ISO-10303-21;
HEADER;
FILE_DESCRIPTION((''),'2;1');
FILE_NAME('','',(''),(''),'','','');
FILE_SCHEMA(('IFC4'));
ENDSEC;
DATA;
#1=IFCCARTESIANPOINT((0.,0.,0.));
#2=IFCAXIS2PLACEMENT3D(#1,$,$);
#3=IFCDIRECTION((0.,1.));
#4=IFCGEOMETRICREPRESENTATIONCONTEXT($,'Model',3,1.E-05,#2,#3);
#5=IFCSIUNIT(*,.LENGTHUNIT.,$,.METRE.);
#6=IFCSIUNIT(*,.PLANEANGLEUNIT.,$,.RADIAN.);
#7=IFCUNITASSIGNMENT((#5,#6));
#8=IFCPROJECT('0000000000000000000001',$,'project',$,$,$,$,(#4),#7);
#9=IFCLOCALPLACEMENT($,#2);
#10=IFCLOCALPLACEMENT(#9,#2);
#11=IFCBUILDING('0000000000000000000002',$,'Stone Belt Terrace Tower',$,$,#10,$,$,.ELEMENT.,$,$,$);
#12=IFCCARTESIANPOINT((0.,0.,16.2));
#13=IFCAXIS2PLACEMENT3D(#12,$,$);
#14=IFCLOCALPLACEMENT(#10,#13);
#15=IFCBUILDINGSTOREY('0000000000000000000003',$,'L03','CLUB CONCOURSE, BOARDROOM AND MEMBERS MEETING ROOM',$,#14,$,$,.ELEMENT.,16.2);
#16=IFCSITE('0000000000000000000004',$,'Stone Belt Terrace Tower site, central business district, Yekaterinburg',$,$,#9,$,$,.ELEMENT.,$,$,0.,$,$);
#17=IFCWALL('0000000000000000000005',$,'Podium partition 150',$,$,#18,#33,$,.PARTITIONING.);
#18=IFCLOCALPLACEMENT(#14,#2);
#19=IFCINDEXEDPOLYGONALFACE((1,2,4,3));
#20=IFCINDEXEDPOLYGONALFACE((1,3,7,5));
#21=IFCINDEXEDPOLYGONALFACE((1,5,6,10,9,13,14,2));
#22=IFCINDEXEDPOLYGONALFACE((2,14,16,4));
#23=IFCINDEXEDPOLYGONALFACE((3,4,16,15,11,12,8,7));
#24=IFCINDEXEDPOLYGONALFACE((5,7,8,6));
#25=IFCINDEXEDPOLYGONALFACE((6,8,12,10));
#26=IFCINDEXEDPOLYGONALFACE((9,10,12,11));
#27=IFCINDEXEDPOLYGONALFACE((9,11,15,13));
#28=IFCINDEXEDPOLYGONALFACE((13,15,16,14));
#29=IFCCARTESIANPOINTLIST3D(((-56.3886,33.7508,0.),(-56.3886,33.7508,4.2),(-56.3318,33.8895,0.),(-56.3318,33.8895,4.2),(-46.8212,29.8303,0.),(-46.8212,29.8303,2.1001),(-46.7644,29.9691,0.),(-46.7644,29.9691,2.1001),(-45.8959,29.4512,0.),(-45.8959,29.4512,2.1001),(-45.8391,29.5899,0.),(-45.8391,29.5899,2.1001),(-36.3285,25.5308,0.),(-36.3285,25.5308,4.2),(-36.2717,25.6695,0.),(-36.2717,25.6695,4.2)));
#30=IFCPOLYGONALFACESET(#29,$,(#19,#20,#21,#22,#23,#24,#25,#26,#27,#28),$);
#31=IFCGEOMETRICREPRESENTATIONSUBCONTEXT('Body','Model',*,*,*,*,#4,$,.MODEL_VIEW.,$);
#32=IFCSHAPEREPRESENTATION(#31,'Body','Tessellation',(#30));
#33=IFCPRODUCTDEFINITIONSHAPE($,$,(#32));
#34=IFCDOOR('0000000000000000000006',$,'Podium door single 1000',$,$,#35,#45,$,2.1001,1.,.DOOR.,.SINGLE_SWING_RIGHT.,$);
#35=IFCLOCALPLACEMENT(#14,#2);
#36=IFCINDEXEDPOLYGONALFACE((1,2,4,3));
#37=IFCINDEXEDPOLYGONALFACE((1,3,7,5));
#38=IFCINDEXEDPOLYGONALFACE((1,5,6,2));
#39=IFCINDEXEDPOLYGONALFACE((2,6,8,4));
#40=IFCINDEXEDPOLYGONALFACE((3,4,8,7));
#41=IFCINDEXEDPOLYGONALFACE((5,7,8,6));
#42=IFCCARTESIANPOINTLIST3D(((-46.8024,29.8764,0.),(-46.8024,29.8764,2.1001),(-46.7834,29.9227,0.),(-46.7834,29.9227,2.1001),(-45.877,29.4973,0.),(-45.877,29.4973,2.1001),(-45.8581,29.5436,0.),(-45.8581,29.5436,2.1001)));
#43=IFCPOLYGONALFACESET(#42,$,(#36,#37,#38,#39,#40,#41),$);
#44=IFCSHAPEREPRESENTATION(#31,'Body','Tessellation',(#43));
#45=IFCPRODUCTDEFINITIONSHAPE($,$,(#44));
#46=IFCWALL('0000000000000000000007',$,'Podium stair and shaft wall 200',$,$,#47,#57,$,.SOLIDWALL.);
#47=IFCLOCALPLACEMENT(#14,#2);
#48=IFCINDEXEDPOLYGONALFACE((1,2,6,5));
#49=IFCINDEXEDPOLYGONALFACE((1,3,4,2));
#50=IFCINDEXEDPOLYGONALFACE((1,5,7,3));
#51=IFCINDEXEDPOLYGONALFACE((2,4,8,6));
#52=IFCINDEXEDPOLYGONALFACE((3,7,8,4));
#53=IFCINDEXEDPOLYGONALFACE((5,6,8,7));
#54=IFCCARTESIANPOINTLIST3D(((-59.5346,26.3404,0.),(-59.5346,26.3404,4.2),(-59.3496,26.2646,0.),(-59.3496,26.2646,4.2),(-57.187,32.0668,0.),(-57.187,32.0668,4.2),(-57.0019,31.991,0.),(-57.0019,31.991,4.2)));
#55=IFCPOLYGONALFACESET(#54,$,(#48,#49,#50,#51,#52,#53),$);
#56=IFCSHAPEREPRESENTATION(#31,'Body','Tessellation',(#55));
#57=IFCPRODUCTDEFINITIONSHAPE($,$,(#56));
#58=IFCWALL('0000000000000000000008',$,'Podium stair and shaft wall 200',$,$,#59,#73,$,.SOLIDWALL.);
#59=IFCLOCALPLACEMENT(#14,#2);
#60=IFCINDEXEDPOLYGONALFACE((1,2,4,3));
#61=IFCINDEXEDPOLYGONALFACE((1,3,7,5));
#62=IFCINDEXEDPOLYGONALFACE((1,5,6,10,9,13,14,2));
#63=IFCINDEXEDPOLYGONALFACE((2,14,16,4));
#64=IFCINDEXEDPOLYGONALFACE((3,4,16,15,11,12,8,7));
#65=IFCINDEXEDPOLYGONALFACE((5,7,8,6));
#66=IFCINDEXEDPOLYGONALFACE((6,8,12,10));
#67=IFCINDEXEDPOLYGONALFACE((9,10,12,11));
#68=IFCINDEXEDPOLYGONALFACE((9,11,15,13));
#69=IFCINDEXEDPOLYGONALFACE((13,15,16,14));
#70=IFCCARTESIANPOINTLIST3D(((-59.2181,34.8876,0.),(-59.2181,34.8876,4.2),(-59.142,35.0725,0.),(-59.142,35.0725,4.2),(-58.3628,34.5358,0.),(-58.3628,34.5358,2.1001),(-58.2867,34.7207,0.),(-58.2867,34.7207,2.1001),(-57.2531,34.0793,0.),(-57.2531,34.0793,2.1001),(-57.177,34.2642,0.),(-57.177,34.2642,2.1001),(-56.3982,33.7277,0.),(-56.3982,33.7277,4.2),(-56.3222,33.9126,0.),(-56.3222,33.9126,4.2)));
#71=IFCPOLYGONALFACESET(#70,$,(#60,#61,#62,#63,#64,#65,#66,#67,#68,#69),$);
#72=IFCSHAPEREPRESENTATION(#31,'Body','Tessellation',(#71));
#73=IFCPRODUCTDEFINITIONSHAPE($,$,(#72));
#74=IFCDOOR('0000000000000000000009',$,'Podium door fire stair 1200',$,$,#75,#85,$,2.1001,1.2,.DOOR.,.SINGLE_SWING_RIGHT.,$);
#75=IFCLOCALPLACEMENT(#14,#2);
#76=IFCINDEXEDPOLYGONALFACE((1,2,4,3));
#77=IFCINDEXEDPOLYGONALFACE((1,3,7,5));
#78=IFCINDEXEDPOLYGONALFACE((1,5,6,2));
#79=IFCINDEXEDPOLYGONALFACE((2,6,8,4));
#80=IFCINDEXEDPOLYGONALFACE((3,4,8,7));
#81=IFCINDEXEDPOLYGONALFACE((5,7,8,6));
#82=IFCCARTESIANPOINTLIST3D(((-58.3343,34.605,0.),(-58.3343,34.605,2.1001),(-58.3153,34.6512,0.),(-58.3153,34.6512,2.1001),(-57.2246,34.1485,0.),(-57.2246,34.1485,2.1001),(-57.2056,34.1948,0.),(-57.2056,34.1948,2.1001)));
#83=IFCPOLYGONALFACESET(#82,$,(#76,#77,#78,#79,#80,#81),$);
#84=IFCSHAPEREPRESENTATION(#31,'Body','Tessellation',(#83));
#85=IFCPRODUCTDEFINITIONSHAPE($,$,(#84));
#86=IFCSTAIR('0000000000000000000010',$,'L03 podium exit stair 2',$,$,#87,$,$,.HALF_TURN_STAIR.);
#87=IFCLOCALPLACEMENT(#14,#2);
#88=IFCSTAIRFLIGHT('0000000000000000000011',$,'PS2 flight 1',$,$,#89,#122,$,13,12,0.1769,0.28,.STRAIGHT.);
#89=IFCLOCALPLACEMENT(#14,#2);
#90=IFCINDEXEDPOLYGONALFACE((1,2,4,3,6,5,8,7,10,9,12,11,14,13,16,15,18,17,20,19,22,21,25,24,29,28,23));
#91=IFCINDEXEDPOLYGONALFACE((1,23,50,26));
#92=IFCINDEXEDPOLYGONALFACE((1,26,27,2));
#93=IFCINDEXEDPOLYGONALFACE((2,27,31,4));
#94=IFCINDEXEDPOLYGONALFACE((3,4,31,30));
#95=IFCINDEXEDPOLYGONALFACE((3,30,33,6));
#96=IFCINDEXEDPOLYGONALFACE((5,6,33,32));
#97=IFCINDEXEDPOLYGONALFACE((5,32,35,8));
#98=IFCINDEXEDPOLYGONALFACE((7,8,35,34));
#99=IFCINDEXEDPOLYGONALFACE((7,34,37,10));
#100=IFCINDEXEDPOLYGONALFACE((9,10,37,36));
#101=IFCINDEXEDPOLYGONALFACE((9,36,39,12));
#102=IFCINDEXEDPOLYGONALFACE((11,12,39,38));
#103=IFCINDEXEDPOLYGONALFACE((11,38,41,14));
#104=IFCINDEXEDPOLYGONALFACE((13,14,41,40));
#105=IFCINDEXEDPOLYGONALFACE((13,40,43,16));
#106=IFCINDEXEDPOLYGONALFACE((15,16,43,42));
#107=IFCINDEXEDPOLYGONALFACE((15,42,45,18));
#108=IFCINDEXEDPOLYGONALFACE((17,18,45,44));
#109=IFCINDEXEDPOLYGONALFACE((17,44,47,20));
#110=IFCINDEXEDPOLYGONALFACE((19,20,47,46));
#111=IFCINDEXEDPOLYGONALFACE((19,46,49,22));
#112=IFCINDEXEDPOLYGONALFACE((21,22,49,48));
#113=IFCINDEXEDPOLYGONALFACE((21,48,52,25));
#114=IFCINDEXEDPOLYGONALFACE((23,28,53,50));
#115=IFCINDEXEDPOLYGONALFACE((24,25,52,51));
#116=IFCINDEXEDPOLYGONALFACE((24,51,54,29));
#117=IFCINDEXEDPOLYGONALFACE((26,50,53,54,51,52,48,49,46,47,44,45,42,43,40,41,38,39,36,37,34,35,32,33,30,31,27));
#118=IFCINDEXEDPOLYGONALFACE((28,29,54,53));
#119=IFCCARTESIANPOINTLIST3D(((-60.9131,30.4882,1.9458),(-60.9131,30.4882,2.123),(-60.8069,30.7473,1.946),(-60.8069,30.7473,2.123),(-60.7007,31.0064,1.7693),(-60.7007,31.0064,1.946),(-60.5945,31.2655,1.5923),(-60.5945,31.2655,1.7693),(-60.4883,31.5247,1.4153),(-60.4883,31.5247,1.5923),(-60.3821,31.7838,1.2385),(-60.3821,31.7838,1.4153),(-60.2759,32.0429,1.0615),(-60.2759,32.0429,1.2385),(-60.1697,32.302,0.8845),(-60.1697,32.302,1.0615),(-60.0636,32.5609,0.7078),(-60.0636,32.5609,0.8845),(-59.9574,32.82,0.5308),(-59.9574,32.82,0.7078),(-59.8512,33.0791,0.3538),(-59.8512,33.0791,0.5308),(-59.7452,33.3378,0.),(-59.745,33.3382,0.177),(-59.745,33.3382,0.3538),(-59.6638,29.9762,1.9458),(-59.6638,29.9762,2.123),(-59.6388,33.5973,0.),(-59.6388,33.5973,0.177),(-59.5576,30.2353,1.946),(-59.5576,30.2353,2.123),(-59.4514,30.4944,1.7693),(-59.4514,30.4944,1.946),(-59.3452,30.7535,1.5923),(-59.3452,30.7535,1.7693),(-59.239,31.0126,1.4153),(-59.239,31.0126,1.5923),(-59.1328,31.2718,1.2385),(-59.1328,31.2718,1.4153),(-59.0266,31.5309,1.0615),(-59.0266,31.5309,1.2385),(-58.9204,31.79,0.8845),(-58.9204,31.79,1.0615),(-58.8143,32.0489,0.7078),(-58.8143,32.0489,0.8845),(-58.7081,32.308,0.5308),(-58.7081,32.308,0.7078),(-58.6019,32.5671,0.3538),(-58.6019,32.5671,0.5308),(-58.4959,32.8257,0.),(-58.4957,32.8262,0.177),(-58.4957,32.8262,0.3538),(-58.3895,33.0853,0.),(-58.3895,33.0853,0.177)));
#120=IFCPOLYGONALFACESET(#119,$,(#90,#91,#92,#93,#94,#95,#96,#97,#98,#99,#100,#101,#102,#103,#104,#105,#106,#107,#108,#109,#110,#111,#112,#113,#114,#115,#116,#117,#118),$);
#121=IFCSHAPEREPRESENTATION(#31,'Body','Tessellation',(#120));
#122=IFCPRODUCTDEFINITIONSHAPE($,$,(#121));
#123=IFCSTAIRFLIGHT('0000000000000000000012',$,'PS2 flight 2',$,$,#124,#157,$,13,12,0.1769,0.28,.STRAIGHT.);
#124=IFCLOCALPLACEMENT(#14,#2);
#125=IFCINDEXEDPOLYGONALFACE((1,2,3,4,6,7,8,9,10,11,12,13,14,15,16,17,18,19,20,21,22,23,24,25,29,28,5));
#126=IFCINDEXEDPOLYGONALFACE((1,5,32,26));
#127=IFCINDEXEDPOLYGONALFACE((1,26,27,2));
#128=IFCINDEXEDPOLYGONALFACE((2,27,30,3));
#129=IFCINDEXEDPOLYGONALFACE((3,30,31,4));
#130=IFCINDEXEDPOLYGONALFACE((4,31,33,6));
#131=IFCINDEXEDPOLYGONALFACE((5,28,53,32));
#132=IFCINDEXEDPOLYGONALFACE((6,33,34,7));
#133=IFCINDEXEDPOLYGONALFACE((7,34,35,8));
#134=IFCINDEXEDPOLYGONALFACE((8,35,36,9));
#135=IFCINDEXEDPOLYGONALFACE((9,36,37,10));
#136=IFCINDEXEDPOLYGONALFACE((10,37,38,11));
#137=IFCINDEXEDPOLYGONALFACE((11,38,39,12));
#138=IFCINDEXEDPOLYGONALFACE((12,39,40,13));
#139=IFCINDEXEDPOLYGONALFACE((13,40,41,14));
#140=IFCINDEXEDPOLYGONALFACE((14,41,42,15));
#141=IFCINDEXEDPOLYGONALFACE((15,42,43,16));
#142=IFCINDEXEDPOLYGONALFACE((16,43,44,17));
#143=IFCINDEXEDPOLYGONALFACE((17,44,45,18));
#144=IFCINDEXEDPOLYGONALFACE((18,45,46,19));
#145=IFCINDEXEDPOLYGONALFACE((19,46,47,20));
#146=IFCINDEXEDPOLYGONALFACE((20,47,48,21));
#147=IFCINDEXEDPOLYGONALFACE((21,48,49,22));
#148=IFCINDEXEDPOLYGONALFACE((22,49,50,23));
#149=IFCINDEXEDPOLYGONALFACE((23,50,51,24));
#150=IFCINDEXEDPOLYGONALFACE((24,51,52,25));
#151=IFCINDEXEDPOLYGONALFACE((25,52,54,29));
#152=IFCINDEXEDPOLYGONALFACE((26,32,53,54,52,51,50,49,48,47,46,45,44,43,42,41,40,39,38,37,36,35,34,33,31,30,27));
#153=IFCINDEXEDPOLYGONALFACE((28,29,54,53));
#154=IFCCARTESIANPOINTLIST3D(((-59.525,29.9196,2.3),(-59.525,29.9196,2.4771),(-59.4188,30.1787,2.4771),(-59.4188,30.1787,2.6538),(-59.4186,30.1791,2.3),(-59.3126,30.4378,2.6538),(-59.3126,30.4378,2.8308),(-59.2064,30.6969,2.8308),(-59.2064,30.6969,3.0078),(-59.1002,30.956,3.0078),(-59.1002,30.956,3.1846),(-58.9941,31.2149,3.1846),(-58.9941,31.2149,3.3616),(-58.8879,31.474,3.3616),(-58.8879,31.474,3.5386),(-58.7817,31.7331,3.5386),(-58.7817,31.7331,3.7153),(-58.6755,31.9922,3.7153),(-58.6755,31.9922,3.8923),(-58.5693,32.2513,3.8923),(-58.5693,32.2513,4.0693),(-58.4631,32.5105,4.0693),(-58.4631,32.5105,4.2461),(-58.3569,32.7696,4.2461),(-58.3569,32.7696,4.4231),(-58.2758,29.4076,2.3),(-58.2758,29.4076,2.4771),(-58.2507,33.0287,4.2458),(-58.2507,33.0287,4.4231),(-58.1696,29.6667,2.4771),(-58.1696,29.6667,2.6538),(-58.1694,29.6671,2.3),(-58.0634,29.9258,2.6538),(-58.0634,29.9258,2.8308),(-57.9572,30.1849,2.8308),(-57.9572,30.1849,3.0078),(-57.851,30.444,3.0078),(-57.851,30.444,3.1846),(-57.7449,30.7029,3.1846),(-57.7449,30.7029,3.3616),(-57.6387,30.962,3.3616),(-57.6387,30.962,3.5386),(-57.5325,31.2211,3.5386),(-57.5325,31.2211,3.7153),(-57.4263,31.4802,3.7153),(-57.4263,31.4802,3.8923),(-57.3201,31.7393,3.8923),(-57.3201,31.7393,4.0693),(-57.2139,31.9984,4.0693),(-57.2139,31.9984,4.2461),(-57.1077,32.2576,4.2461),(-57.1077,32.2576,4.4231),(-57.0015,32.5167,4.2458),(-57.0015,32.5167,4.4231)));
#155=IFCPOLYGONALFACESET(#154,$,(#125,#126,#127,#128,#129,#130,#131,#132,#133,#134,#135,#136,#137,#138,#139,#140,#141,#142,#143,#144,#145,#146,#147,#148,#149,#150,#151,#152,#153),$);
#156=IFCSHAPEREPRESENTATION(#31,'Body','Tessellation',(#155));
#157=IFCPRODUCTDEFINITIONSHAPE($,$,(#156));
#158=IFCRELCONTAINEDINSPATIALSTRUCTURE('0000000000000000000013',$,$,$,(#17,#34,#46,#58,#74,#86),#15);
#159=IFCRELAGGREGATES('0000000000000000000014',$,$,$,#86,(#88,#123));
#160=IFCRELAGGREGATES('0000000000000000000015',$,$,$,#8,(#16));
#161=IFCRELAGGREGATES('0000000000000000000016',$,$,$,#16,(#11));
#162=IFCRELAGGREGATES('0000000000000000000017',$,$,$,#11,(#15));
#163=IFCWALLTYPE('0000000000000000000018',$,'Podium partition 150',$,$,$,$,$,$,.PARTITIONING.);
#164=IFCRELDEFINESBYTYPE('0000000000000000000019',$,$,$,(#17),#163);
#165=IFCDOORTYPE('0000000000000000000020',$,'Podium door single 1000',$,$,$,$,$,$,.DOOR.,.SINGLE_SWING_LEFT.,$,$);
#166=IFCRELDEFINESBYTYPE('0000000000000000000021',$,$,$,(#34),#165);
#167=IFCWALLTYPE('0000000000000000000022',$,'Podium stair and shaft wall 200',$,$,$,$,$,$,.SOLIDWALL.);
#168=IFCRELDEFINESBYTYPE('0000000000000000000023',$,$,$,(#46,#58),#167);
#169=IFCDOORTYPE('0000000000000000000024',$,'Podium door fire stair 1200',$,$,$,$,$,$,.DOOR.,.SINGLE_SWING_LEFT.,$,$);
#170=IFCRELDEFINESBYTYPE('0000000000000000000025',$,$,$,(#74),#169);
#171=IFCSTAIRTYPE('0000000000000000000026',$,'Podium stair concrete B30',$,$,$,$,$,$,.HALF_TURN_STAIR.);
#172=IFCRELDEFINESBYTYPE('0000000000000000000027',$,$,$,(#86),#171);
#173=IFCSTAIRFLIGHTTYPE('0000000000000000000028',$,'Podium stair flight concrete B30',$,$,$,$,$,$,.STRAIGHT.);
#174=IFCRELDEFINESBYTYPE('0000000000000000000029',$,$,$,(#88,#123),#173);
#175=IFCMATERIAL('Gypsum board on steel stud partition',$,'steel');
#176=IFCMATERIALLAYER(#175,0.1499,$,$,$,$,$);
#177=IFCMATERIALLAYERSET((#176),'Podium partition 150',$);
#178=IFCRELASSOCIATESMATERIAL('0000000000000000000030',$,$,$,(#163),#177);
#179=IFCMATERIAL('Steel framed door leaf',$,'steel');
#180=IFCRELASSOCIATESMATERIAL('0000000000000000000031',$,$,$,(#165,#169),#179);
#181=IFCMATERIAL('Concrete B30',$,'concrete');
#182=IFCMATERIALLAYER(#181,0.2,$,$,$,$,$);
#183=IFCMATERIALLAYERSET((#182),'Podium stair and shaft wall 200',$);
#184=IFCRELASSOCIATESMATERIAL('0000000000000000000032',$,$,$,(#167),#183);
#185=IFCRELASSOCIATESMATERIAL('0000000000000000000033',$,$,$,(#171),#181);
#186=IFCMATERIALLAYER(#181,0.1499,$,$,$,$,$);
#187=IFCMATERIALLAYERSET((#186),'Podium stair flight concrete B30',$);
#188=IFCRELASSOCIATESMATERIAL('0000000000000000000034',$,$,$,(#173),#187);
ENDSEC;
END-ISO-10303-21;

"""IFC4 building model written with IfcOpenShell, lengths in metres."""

from ifc_helpers import new_model, si_unit, direction, frame, frame_2d, origin, place, context, subcontext, project, spatial, polyline, rectangle, outline, extrude, material, layer, layer_set, type_object, element, fill, aggregate, save


model = new_model("IFC4")

# Units and contexts
model_context = context("Model", 3, precision=1e-05, world=origin(), true_north=direction((0.0, 1.0)))
body_context = subcontext(model_context, "Body", "Model", "MODEL_VIEW")
ifc_project = project(units=[si_unit("LENGTHUNIT", "METRE"), si_unit("PLANEANGLEUNIT", "RADIAN")], contexts=[model_context])

# Site, building, storey
site_placement = place(None, origin())
site = spatial("IfcSite", under=ifc_project, at=site_placement, Name="Stone Belt Terrace Tower site, central business district, Yekaterinburg", CompositionType="ELEMENT", RefElevation=0.0)
building_placement = place(site_placement, origin())
building = spatial("IfcBuilding", under=site, at=building_placement, Name="Stone Belt Terrace Tower", CompositionType="ELEMENT")
storey_placement = place(building_placement, frame((0.0, 0.0, 16.2)))
storey = spatial("IfcBuildingStorey", under=building, at=storey_placement, Name="L03", Description="CLUB CONCOURSE, BOARDROOM AND MEMBERS MEETING ROOM", CompositionType="ELEMENT", Elevation=16.2)

# Wall, opening, door
ifc_material_1 = material(Name="Gypsum board on steel stud partition", Category="steel")
ifc_layer_1 = layer(ifc_material_1, 0.1499)
ifc_layer_set_1 = layer_set([ifc_layer_1], Name="Podium partition 150")
wall_type_1 = type_object("IfcWallType", Name="Podium partition 150", PredefinedType="PARTITIONING", material=ifc_layer_set_1)
wall_1_placement = place(storey_placement, frame((-56.3601, 33.8201, 0.0), z_axis=(0.0, 0.0, 1.0), x_axis=(0.925327, -0.37917, 0.0)))
wall_1 = element("IfcWall", 1, at=wall_1_placement, inside=storey, type_object=wall_type_1, Name="Podium partition 150", PredefinedType="PARTITIONING", context=body_context, shape_type="SweptSolid", body=[
    extrude(rectangle(XDim=21.679, YDim=0.1499, at=frame_2d((10.8394, 0.0))), origin(), (0.0, 0.0, 1.0), 4.2),
])
opening_1_placement = place(wall_1_placement, frame((10.3394, 0.0, 0.0)))
opening_1 = element("IfcOpeningElement", 2, at=opening_1_placement, cuts=wall_1, PredefinedType="OPENING", context=body_context, shape_type="SweptSolid", body=[
    extrude(rectangle(XDim=1.0, YDim=2.1001, at=frame_2d((0.5, 1.05))), frame((0.0, 0.085, 0.0), z_axis=(0.0, -1.0, 0.0), x_axis=(1.0, 0.0, 0.0)), (0.0, 0.0, 1.0), 0.1699),
])
ifc_material_2 = material(Name="Steel framed door leaf", Category="steel")
door_type_1 = type_object("IfcDoorType", Name="Podium door single 1000", OperationType="SINGLE_SWING_LEFT", PredefinedType="DOOR", material=ifc_material_2)
door_1_placement = place(opening_1_placement, origin())
door_1 = element("IfcDoor", 3, at=door_1_placement, inside=storey, type_object=door_type_1, Name="Podium door single 1000", OperationType="SINGLE_SWING_RIGHT", OverallHeight=2.1001, OverallWidth=1.0, PredefinedType="DOOR", context=body_context, shape_type="SweptSolid", body=[
    extrude(rectangle(XDim=1.0, YDim=2.1001, at=frame_2d((0.5, 1.05))), frame((0.0, 0.0249, 0.0), z_axis=(0.0, -1.0, 0.0), x_axis=(1.0, 0.0, 0.0)), (0.0, 0.0, 1.0), 0.05),
])
fill(opening_1, door_1)

# Wall
ifc_material_3 = material(Name="Concrete B30", Category="concrete")
ifc_layer_2 = layer(ifc_material_3, 0.2)
ifc_layer_set_2 = layer_set([ifc_layer_2], Name="Podium stair and shaft wall 200")
wall_type_2 = type_object("IfcWallType", Name="Podium stair and shaft wall 200", PredefinedType="SOLIDWALL", material=ifc_layer_set_2)
wall_2_placement = place(storey_placement, frame((-59.4421, 26.3025, 0.0), z_axis=(0.0, 0.0, 1.0), x_axis=(0.379335, 0.92526, 0.0)))
element("IfcWall", 4, at=wall_2_placement, inside=storey, type_object=wall_type_2, Name="Podium stair and shaft wall 200", PredefinedType="SOLIDWALL", context=body_context, shape_type="SweptSolid", body=[
    extrude(rectangle(XDim=6.189, YDim=0.2, at=frame_2d((3.0945, 0.0))), origin(), (0.0, 0.0, 1.0), 4.2),
])

# Wall, opening, door
wall_3_placement = place(storey_placement, frame((-59.1799, 34.98, 0.0), z_axis=(0.0, 0.0, 1.0), x_axis=(0.924816, -0.380416, 0.0)))
wall_3 = element("IfcWall", 5, at=wall_3_placement, inside=storey, type_object=wall_type_2, Name="Podium stair and shaft wall 200", PredefinedType="SOLIDWALL", context=body_context, shape_type="SweptSolid", body=[
    extrude(rectangle(XDim=3.0491, YDim=0.2, at=frame_2d((1.5244, 0.0))), origin(), (0.0, 0.0, 1.0), 4.2),
])
opening_2_placement = place(wall_3_placement, frame((0.9246, 0.0, 0.0)))
opening_2 = element("IfcOpeningElement", 6, at=opening_2_placement, cuts=wall_3, PredefinedType="OPENING", context=body_context, shape_type="SweptSolid", body=[
    extrude(rectangle(XDim=1.2, YDim=2.1001, at=frame_2d((0.6001, 1.05))), frame((0.0, 0.1099, 0.0), z_axis=(0.0, -1.0, 0.0), x_axis=(1.0, 0.0, 0.0)), (0.0, 0.0, 1.0), 0.22),
])
door_type_2 = type_object("IfcDoorType", Name="Podium door fire stair 1200", OperationType="SINGLE_SWING_LEFT", PredefinedType="DOOR", material=ifc_material_2)
door_2_placement = place(opening_2_placement, origin())
door_2 = element("IfcDoor", 7, at=door_2_placement, inside=storey, type_object=door_type_2, Name="Podium door fire stair 1200", OperationType="SINGLE_SWING_RIGHT", OverallHeight=2.1001, OverallWidth=1.2, PredefinedType="DOOR", context=body_context, shape_type="SweptSolid", body=[
    extrude(rectangle(XDim=1.2, YDim=2.1001, at=frame_2d((0.6001, 1.05))), frame((0.0, 0.0249, 0.0), z_axis=(0.0, -1.0, 0.0), x_axis=(1.0, 0.0, 0.0)), (0.0, 0.0, 1.0), 0.05),
])
fill(opening_2, door_2)

# Stair, stair flights
stair_type = type_object("IfcStairType", Name="Podium stair concrete B30", PredefinedType="HALF_TURN_STAIR", material=ifc_material_3)
stair_placement = place(storey_placement, origin())
stair = element("IfcStair", 8, at=stair_placement, inside=storey, type_object=stair_type, Name="L03 podium exit stair 2", PredefinedType="HALF_TURN_STAIR")
ifc_layer_3 = layer(ifc_material_3, 0.1499)
ifc_layer_set_3 = layer_set([ifc_layer_3], Name="Podium stair flight concrete B30")
stair_flight_type = type_object("IfcStairFlightType", Name="Podium stair flight concrete B30", PredefinedType="STRAIGHT", material=ifc_layer_set_3)
stair_flight_1_placement = place(storey_placement, frame((-59.0142, 33.3413, 0.0), z_axis=(0.0, 0.0, 1.0), x_axis=(-0.379243, -0.925297, 0.0)))
stair_flight_1 = element("IfcStairFlight", 9, at=stair_flight_1_placement, type_object=stair_flight_type, Name="PS2 flight 1", NumberOfRisers=13, NumberOfTreads=12, PredefinedType="STRAIGHT", RiserHeight=0.1769, TreadLength=0.28, context=body_context, shape_type="SweptSolid", body=[
    extrude(outline(polyline([(0.0, 0.0), (0.0, 0.177), (0.28, 0.177), (0.28, 0.3538), (0.5601, 0.3538), (0.5601, 0.5308), (0.8401, 0.5308), (0.8401, 0.7078), (1.1201, 0.7078), (1.1201, 0.8845), (1.3999, 0.8845), (1.3999, 1.0615), (1.6799, 1.0615), (1.6799, 1.2385), (1.96, 1.2385), (1.96, 1.4153), (2.24, 1.4153), (2.24, 1.5923), (2.52, 1.5923), (2.52, 1.7693), (2.8, 1.7693), (2.8, 1.946), (3.0801, 1.946), (3.0801, 2.123), (3.3601, 2.123), (3.3601, 2.3), (3.3601, 1.9458), (0.2805, 0.0), (0.0, 0.0)])), frame((0.0, 0.675, 0.0), z_axis=(0.0, -1.0, 0.0), x_axis=(1.0, 0.0, 0.0)), (0.0, 0.0, 1.0), 1.3501),
])
stair_flight_2_placement = place(storey_placement, frame((-58.9004, 29.6636, 2.3), z_axis=(0.0, 0.0, 1.0), x_axis=(0.379243, 0.925297, 0.0)))
stair_flight_2 = element("IfcStairFlight", 10, at=stair_flight_2_placement, type_object=stair_flight_type, Name="PS2 flight 2", NumberOfRisers=13, NumberOfTreads=12, PredefinedType="STRAIGHT", RiserHeight=0.1769, TreadLength=0.28, context=body_context, shape_type="SweptSolid", body=[
    extrude(outline(polyline([(0.0, 0.0), (0.0, 0.177), (0.28, 0.177), (0.28, 0.3538), (0.5601, 0.3538), (0.5601, 0.5308), (0.8401, 0.5308), (0.8401, 0.7078), (1.1201, 0.7078), (1.1201, 0.8845), (1.3999, 0.8845), (1.3999, 1.0615), (1.6799, 1.0615), (1.6799, 1.2385), (1.96, 1.2385), (1.96, 1.4153), (2.24, 1.4153), (2.24, 1.5923), (2.52, 1.5923), (2.52, 1.7693), (2.8, 1.7693), (2.8, 1.946), (3.0801, 1.946), (3.0801, 2.123), (3.3601, 2.123), (3.3601, 2.3), (3.3601, 1.9458), (0.2805, 0.0), (0.0, 0.0)])), frame((0.0, 0.675, 0.0), z_axis=(0.0, -1.0, 0.0), x_axis=(1.0, 0.0, 0.0)), (0.0, 0.0, 1.0), 1.3501),
])
aggregate(stair, [stair_flight_1, stair_flight_2])

save(model, "model.ifc")
